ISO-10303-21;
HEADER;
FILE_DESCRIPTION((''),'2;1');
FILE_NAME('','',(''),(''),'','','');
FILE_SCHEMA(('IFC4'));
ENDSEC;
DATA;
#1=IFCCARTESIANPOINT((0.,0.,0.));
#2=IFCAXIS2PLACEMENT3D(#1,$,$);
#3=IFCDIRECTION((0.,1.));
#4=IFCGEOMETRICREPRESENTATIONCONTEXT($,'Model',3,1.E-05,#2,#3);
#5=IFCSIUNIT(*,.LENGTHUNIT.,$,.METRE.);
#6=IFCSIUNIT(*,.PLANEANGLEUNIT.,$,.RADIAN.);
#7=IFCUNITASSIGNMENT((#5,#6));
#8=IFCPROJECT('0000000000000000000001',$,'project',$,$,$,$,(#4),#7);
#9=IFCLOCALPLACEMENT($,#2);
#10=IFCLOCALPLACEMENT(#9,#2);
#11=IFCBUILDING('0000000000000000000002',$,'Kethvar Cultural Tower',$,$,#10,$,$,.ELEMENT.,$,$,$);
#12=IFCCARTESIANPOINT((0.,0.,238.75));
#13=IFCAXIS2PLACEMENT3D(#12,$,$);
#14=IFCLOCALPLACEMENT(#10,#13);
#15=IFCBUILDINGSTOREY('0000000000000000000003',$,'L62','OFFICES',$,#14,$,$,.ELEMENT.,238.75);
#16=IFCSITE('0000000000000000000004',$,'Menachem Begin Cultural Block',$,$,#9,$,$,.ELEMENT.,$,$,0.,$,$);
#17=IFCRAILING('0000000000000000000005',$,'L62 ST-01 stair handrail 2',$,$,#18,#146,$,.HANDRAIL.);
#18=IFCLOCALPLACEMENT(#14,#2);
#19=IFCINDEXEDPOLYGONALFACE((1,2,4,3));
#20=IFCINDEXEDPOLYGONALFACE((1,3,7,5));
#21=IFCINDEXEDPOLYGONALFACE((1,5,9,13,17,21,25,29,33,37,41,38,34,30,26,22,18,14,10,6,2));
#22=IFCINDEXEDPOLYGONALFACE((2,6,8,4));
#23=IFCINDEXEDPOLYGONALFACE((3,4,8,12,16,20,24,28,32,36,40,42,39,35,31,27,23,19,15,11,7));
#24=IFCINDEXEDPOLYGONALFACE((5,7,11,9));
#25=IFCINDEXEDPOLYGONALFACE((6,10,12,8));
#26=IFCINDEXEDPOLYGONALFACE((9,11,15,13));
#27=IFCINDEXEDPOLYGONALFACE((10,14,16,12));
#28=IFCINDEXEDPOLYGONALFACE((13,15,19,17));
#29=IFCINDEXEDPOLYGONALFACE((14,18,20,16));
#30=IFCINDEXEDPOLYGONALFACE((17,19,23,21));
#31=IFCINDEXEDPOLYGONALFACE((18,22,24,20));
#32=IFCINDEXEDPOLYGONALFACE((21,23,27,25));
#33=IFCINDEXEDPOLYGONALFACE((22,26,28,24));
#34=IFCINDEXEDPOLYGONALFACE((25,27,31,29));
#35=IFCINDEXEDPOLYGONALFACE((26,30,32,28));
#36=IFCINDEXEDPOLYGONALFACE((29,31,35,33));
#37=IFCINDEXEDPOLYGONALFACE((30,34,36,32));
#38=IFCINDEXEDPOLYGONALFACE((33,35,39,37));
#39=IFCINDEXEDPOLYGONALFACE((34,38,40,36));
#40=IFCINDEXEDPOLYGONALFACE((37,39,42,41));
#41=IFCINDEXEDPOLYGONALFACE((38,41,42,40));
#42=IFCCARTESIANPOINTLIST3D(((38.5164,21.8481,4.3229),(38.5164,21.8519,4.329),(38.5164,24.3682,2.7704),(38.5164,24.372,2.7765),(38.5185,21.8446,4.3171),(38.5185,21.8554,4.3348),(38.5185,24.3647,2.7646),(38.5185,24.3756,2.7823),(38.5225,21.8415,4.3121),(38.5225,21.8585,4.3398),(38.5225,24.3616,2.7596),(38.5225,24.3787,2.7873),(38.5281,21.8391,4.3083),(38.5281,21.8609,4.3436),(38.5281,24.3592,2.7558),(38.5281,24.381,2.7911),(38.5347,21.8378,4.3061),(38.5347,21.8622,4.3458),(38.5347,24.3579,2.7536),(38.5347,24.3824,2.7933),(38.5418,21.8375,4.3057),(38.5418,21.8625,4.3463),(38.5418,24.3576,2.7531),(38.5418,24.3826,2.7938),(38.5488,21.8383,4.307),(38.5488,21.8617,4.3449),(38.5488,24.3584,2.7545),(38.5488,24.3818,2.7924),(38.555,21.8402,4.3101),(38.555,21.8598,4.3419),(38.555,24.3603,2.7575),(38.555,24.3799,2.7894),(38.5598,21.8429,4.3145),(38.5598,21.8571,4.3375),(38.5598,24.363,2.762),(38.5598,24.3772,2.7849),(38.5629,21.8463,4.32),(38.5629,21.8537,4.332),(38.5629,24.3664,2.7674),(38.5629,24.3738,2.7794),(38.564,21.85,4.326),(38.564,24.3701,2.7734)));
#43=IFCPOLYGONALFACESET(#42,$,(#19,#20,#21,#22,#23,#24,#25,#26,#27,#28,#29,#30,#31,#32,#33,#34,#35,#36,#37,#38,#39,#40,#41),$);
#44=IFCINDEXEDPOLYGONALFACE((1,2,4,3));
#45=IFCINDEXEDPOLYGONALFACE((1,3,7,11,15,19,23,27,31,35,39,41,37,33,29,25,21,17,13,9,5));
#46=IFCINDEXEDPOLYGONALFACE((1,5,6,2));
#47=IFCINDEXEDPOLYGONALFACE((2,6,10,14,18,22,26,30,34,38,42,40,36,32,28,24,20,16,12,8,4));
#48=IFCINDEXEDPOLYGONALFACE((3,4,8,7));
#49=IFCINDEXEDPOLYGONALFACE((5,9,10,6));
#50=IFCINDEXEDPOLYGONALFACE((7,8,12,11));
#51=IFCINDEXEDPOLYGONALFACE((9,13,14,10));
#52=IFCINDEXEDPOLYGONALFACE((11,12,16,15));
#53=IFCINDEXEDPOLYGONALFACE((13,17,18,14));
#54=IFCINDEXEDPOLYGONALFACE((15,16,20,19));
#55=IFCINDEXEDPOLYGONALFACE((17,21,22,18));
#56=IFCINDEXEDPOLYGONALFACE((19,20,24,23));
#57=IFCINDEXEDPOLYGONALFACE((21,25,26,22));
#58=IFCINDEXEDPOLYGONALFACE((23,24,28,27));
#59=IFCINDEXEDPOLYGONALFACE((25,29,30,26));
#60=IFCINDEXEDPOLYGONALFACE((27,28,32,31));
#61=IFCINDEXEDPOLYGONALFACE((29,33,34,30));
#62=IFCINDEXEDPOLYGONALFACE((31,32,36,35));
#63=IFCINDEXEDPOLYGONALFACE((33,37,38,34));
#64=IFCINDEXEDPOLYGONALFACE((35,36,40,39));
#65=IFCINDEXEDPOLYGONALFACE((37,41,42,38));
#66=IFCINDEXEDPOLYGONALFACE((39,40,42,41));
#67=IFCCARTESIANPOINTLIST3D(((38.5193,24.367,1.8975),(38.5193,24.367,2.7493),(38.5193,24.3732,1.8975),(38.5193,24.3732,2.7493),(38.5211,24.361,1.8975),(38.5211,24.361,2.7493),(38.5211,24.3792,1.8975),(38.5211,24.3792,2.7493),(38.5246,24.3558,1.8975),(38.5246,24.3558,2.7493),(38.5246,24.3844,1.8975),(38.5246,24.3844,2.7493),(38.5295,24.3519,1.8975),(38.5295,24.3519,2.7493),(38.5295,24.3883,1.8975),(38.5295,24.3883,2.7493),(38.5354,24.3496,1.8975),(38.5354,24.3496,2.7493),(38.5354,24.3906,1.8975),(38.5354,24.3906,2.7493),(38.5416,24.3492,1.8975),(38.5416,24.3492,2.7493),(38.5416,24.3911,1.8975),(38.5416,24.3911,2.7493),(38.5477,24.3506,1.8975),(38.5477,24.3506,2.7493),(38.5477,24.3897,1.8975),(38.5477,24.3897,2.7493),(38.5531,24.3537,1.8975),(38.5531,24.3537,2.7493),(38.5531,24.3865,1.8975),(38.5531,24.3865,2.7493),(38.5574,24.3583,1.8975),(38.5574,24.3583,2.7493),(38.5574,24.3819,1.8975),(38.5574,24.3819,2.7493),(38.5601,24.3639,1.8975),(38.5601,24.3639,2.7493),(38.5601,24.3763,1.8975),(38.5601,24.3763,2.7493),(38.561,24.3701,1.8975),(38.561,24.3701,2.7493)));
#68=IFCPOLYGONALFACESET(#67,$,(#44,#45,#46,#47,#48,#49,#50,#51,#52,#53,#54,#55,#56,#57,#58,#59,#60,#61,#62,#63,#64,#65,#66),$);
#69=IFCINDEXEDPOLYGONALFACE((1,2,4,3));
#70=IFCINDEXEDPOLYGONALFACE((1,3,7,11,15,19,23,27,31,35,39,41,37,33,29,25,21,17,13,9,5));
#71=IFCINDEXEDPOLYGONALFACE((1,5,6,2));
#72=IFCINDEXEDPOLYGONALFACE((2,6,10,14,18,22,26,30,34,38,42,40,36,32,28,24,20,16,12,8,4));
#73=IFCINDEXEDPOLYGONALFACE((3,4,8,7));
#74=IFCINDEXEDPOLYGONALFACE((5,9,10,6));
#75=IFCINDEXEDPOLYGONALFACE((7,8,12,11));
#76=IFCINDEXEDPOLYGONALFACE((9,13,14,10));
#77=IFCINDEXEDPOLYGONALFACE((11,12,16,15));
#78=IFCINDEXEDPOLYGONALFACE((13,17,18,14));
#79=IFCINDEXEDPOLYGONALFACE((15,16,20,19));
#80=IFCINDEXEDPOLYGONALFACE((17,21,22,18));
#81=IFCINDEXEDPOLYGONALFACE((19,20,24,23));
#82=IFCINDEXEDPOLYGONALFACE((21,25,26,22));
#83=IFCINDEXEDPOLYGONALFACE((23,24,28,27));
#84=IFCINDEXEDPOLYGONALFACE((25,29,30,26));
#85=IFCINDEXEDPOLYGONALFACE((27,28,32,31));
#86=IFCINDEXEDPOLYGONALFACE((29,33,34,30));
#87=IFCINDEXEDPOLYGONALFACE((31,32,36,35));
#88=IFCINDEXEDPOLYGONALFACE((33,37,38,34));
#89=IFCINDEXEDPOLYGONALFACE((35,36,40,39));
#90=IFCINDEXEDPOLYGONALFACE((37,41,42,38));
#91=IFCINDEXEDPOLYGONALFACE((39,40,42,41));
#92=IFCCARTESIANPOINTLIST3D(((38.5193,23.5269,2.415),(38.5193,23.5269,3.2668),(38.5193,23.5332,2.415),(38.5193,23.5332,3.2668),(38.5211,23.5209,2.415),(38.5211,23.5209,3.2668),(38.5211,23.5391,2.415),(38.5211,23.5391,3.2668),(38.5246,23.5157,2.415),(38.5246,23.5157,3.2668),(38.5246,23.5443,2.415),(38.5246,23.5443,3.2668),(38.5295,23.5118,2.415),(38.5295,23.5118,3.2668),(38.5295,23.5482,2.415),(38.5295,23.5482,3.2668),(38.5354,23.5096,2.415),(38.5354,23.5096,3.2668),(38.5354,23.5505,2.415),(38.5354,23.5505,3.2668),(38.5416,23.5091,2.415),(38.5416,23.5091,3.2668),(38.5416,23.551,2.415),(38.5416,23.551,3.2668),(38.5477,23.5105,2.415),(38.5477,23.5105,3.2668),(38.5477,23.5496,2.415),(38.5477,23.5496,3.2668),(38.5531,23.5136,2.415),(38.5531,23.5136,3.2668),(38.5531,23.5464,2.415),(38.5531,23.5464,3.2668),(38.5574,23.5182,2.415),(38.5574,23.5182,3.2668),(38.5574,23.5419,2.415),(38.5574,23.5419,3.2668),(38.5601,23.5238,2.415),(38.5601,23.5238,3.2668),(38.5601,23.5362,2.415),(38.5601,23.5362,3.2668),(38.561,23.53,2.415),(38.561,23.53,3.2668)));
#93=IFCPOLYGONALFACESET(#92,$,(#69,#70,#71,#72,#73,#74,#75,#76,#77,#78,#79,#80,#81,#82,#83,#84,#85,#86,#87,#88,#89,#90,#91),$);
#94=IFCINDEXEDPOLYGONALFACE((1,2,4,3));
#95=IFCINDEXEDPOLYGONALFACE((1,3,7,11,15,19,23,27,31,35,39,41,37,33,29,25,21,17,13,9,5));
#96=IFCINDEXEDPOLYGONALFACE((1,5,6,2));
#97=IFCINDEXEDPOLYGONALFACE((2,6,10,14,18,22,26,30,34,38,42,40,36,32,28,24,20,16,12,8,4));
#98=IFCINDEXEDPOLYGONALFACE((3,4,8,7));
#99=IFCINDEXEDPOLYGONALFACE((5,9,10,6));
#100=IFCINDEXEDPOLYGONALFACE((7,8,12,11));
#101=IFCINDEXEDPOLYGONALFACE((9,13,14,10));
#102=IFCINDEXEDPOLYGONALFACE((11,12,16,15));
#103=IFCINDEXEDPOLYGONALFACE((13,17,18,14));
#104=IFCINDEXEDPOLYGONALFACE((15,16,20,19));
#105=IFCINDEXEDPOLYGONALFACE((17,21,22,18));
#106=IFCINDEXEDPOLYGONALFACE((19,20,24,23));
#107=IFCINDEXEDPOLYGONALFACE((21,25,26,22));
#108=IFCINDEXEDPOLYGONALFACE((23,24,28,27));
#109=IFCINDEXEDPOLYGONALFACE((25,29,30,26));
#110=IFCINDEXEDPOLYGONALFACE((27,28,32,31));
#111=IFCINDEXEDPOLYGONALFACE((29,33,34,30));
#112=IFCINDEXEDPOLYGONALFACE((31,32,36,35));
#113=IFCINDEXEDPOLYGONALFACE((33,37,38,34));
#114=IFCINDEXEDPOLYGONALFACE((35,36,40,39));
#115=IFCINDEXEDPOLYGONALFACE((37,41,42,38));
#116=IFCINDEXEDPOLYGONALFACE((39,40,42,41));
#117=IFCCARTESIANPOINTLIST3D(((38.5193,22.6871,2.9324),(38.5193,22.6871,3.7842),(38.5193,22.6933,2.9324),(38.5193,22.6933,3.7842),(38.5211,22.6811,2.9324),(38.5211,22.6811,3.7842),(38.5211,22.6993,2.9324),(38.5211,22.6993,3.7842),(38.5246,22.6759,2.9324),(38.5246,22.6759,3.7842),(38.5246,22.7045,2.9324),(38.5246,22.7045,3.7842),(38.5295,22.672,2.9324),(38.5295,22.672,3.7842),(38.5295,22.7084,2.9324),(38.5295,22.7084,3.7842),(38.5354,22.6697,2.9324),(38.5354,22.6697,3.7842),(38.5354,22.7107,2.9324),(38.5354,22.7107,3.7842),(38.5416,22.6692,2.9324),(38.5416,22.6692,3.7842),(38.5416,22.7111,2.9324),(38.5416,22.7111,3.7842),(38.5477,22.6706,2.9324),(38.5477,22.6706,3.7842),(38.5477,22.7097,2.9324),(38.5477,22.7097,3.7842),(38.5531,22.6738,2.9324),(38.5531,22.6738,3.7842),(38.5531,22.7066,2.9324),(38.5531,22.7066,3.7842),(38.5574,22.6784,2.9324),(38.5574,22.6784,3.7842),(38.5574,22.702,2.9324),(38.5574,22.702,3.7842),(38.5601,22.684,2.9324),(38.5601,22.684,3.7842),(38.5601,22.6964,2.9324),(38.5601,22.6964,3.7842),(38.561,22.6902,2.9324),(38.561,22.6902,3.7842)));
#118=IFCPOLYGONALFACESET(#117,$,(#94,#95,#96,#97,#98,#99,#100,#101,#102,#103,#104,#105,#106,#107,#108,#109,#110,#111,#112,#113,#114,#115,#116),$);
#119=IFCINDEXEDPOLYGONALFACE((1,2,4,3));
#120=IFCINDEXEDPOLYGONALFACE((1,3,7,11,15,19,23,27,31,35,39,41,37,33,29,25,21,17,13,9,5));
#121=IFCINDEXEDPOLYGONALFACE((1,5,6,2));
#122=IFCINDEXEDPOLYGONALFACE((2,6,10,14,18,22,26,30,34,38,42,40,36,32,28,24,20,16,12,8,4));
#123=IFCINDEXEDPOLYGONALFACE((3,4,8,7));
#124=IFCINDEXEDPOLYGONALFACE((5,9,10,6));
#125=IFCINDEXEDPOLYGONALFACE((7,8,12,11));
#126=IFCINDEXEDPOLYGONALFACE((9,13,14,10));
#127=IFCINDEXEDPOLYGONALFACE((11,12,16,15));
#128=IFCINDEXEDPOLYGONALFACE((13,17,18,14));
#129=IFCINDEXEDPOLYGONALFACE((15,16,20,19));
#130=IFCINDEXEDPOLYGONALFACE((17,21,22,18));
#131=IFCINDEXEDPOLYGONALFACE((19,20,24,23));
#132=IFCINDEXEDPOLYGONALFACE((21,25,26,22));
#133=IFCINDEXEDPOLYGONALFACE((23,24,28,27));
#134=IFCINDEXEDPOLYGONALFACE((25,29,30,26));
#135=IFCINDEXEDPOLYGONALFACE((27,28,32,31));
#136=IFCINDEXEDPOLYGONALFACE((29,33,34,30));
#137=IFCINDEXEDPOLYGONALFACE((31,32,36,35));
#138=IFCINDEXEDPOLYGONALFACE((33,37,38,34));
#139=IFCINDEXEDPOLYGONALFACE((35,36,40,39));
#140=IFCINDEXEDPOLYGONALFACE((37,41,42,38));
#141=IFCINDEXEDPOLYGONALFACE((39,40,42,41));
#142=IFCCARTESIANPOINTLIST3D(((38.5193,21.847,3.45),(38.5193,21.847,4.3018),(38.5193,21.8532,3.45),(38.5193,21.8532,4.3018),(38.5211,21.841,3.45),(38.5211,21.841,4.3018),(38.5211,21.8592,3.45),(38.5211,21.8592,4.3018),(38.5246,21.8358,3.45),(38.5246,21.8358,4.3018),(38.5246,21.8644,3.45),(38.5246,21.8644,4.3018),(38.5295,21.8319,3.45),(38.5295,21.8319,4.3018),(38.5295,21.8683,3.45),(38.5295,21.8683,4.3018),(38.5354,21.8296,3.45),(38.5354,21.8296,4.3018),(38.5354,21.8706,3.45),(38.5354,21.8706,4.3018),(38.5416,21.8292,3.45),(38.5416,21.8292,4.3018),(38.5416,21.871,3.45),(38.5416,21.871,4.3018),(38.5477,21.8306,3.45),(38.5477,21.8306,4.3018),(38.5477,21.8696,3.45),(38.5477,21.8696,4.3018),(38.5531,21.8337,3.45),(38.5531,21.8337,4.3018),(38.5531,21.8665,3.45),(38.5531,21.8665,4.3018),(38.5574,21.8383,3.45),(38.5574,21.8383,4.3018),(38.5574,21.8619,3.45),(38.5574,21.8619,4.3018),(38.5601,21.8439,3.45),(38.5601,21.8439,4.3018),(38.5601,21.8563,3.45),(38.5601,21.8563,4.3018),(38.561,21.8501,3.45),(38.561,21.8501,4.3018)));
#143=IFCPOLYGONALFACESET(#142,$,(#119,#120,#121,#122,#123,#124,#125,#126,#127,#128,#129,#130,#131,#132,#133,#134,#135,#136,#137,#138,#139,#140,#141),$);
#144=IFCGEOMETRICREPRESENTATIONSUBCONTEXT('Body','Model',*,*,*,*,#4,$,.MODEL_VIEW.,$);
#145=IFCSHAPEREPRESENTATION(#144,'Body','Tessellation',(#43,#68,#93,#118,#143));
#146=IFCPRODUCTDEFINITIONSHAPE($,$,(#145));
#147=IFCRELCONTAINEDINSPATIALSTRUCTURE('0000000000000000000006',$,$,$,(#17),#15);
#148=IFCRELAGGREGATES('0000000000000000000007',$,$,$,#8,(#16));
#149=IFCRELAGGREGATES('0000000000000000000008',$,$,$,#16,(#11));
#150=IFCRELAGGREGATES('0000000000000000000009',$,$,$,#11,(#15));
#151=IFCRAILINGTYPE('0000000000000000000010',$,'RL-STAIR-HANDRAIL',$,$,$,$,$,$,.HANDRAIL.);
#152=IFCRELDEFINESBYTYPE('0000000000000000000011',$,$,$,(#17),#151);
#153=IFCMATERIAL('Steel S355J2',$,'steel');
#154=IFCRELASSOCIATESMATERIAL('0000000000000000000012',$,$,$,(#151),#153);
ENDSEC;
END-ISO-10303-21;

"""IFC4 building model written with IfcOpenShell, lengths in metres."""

from ifc_helpers import new_model, si_unit, direction, frame, origin, origin_2d, place, context, subcontext, project, spatial, circle, extrude, material, type_object, element, save


model = new_model("IFC4")

# Units and contexts
model_context = context("Model", 3, precision=1e-05, world=origin(), true_north=direction((0.0, 1.0)))
body_context = subcontext(model_context, "Body", "Model", "MODEL_VIEW")
ifc_project = project(units=[si_unit("LENGTHUNIT", "METRE"), si_unit("PLANEANGLEUNIT", "RADIAN")], contexts=[model_context])

# Site, building, storey
site_placement = place(None, origin())
site = spatial("IfcSite", under=ifc_project, at=site_placement, Name="Menachem Begin Cultural Block", CompositionType="ELEMENT", RefElevation=0.0)
building_placement = place(site_placement, origin())
building = spatial("IfcBuilding", under=site, at=building_placement, Name="Kethvar Cultural Tower", CompositionType="ELEMENT")
storey_placement = place(building_placement, frame((0.0, 0.0, 238.75)))
storey = spatial("IfcBuildingStorey", under=building, at=storey_placement, Name="L62", Description="OFFICES", CompositionType="ELEMENT", Elevation=238.75)

# Shared definitions
ifc_material_1 = material(Name="Steel S355J2", Category="steel")

# Railing
railing_type_1 = type_object("IfcRailingType", Name="RL-STAIR-HANDRAIL", PredefinedType="HANDRAIL", material=ifc_material_1)
railing_1_placement = place(storey_placement, frame((38.54, 24.3701, 1.8975)))
element("IfcRailing", 1, at=railing_1_placement, inside=storey, type_object=railing_type_1, Name="L62 ST-01 stair handrail 2", PredefinedType="HANDRAIL", context=body_context, shape_type="SweptSolid", body=[
    extrude(circle(Radius=0.0239, at=origin_2d()), frame((0.0, 0.0, 0.876), z_axis=(0.0, -0.8514, 0.524516), x_axis=(1.0, 0.0, 0.0)), (0.0, 0.0, 1.0), 2.96),
    extrude(circle(Radius=0.021, at=origin_2d()), origin(), (0.0, 0.0, 1.0), 0.8518),
    extrude(circle(Radius=0.021, at=origin_2d()), frame((0.0, -0.8401, 0.5176)), (0.0, 0.0, 1.0), 0.8518),
    extrude(circle(Radius=0.021, at=origin_2d()), frame((0.0, -1.6799, 1.0349)), (0.0, 0.0, 1.0), 0.8518),
    extrude(circle(Radius=0.021, at=origin_2d()), frame((0.0, -2.52, 1.5525)), (0.0, 0.0, 1.0), 0.8518),
])

save(model, "model.ifc")
